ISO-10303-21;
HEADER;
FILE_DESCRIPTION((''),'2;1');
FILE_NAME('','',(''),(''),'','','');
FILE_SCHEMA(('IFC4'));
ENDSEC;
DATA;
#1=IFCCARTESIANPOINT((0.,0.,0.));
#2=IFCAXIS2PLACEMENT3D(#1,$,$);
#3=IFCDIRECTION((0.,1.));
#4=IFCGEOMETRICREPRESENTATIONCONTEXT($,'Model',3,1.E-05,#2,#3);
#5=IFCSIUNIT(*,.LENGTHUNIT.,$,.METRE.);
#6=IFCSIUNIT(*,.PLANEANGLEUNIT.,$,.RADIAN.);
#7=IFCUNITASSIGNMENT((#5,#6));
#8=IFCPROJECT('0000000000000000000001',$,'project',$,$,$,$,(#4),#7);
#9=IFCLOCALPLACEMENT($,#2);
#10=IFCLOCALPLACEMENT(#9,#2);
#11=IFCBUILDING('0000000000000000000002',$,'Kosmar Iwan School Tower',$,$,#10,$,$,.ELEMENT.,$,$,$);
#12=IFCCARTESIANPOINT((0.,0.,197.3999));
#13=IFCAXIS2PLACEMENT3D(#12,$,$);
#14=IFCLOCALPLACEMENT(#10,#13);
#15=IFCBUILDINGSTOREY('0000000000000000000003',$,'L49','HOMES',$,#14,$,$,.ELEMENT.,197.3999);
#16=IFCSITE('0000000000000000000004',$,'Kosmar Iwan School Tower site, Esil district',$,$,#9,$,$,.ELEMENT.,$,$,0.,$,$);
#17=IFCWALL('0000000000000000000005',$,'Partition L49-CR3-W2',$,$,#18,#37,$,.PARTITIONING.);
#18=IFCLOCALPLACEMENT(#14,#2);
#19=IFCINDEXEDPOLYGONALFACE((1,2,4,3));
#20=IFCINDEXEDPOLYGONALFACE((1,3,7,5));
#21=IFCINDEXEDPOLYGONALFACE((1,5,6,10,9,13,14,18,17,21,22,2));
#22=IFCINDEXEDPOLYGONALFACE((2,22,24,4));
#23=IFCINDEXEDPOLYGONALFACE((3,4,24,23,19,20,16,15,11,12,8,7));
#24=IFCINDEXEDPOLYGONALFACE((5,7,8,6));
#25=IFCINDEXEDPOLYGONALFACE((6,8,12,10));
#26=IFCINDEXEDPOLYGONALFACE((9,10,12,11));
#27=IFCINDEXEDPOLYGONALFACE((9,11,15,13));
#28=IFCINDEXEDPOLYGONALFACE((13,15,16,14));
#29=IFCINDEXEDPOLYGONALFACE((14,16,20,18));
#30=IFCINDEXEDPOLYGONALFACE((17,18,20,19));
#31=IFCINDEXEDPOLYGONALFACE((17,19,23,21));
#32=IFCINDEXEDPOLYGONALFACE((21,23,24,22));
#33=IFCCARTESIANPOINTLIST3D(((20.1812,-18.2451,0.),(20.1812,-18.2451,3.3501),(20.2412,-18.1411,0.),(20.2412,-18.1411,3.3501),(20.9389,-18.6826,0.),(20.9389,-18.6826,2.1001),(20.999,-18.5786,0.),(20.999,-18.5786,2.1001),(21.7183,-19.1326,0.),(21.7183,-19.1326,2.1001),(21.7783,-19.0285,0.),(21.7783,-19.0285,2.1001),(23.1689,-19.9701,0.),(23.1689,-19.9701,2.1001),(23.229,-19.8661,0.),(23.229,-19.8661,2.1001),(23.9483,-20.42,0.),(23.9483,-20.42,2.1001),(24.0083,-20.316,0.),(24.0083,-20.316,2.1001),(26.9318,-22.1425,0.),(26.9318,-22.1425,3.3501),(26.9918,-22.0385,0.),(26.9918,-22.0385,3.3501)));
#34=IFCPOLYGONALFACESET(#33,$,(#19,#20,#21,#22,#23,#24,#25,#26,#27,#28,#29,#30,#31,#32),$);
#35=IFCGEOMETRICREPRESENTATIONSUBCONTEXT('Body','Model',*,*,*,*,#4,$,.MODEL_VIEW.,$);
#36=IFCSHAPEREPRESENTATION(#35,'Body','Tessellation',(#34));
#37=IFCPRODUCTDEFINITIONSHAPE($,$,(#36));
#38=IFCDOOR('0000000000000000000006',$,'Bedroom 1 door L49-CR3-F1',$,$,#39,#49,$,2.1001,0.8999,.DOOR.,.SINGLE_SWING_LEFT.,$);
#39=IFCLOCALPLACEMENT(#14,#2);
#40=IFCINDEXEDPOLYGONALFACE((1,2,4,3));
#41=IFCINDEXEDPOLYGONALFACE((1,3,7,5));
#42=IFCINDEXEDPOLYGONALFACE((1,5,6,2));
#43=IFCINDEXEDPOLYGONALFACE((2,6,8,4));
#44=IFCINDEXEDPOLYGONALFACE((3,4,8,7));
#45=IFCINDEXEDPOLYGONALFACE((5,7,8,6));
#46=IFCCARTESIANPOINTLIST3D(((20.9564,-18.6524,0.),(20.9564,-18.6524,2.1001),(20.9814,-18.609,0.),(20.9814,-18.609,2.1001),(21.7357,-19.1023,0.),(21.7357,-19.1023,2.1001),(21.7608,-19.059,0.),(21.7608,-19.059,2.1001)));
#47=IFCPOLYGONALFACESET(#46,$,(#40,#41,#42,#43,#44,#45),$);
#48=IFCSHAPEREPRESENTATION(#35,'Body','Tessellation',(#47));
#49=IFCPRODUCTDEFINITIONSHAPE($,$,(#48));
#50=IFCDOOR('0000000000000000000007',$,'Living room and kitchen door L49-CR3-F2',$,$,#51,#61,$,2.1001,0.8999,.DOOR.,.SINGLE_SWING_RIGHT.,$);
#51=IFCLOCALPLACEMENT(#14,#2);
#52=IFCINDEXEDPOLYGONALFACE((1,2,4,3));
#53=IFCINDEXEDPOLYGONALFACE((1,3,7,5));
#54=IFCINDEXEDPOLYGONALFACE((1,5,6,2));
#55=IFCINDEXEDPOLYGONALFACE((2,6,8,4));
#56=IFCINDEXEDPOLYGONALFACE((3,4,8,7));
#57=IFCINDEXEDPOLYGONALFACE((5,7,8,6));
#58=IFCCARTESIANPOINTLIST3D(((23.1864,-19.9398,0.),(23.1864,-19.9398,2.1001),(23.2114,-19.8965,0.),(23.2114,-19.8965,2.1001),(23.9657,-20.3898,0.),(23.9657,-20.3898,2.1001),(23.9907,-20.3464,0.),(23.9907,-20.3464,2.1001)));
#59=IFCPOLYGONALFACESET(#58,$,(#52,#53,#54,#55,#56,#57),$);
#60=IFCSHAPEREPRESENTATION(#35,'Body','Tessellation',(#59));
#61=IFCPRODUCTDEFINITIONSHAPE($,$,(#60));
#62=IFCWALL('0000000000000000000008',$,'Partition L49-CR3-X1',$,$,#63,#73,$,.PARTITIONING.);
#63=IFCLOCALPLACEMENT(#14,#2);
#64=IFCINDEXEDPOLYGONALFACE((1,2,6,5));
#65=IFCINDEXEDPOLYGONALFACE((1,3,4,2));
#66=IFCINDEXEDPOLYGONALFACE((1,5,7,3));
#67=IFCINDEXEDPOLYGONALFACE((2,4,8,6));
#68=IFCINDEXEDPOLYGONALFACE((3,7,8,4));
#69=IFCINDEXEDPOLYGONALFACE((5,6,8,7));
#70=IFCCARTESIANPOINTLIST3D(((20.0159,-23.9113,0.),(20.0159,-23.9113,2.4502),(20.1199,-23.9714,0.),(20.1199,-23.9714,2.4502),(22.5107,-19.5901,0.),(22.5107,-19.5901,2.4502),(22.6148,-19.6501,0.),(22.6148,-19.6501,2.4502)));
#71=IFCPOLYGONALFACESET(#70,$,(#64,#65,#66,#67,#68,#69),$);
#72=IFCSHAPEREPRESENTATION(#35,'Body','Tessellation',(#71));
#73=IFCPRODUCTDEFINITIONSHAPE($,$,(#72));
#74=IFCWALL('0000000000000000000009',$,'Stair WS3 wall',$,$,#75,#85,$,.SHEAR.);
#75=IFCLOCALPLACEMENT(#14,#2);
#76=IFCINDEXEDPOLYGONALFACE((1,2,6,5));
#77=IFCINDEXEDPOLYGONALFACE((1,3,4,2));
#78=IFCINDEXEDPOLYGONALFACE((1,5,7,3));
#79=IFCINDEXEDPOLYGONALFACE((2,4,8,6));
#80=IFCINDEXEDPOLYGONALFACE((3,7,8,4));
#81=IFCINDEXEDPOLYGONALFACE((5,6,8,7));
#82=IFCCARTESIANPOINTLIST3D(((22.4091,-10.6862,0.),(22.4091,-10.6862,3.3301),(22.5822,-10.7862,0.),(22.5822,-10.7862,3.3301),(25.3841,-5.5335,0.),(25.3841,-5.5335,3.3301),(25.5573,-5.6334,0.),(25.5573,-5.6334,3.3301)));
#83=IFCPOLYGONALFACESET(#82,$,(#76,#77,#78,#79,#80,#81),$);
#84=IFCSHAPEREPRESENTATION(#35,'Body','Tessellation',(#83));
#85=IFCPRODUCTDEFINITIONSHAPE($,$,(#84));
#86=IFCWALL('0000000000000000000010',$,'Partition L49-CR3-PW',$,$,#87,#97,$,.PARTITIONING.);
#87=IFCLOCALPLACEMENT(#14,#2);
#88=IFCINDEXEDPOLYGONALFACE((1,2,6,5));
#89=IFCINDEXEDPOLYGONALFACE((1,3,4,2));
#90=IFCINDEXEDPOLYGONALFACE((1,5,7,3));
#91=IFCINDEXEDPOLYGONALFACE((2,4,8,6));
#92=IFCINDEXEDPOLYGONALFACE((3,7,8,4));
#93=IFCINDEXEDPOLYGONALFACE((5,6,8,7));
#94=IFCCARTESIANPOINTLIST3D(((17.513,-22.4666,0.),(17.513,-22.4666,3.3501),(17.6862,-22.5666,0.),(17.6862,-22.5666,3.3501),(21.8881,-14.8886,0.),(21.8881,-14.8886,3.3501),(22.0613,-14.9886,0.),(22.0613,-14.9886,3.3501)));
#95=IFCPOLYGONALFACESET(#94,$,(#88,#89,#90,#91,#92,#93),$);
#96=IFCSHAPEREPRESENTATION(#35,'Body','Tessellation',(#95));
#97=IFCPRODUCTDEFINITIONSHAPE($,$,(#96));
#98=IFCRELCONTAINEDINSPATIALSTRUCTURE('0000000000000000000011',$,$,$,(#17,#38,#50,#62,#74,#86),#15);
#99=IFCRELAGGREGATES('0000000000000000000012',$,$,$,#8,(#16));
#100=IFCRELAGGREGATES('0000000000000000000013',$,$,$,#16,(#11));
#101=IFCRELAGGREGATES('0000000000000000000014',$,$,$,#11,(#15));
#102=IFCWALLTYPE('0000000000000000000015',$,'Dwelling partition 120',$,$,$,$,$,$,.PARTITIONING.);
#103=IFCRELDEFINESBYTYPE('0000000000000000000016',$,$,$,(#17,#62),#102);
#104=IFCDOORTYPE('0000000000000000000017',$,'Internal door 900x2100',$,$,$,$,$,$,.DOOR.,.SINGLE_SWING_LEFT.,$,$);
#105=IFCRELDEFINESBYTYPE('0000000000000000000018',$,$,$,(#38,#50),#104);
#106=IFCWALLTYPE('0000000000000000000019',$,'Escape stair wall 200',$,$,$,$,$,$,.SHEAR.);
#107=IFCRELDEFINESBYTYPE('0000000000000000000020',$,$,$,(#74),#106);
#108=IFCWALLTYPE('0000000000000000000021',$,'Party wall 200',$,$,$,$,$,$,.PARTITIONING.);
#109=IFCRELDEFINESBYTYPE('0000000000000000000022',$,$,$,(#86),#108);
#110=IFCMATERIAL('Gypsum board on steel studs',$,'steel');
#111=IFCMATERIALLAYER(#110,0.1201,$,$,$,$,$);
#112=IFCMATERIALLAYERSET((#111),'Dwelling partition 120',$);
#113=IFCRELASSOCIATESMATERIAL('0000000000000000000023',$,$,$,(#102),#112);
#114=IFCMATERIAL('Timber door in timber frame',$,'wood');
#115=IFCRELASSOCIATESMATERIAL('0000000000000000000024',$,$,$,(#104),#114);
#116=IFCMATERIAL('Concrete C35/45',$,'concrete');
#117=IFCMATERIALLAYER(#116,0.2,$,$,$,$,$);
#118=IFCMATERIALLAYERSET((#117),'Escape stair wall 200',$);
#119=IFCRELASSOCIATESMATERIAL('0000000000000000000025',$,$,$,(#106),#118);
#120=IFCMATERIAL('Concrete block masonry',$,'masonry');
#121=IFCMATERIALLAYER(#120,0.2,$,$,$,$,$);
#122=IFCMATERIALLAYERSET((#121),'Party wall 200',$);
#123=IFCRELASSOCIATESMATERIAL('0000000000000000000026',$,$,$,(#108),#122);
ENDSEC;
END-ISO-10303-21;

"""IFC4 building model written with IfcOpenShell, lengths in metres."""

from ifc_helpers import new_model, si_unit, direction, frame, frame_2d, origin, place, context, subcontext, project, spatial, rectangle, extrude, material, layer, layer_set, type_object, element, fill, save


model = new_model("IFC4")

# Units and contexts
model_context = context("Model", 3, precision=1e-05, world=origin(), true_north=direction((0.0, 1.0)))
body_context = subcontext(model_context, "Body", "Model", "MODEL_VIEW")
ifc_project = project(units=[si_unit("LENGTHUNIT", "METRE"), si_unit("PLANEANGLEUNIT", "RADIAN")], contexts=[model_context])

# Site, building, storey
site_placement = place(None, origin())
site = spatial("IfcSite", under=ifc_project, at=site_placement, Name="Kosmar Iwan School Tower site, Esil district", CompositionType="ELEMENT", RefElevation=0.0)
building_placement = place(site_placement, origin())
building = spatial("IfcBuilding", under=site, at=building_placement, Name="Kosmar Iwan School Tower", CompositionType="ELEMENT")
storey_placement = place(building_placement, frame((0.0, 0.0, 197.3999)))
storey = spatial("IfcBuildingStorey", under=building, at=storey_placement, Name="L49", Description="HOMES", CompositionType="ELEMENT", Elevation=197.3999)

# Shared definitions
ifc_material_1 = material(Name="Gypsum board on steel studs", Category="steel")
ifc_layer_1 = layer(ifc_material_1, 0.1201)
ifc_layer_set_1 = layer_set([ifc_layer_1], Name="Dwelling partition 120")
wall_type_1 = type_object("IfcWallType", Name="Dwelling partition 120", PredefinedType="PARTITIONING", material=ifc_layer_set_1)

# Wall, openings, doors
ifc_material_2 = material(Name="Timber door in timber frame", Category="wood")
door_type_1 = type_object("IfcDoorType", Name="Internal door 900x2100", OperationType="SINGLE_SWING_LEFT", PredefinedType="DOOR", material=ifc_material_2)
wall_1_placement = place(storey_placement, frame((20.2112, -18.1931, 0.0), z_axis=(0.0, 0.0, 1.0), x_axis=(0.86603, -0.499993, 0.0)))
wall_1 = element("IfcWall", 1, at=wall_1_placement, inside=storey, type_object=wall_type_1, Name="Partition L49-CR3-W2", PredefinedType="PARTITIONING", context=body_context, shape_type="SweptSolid", body=[
    extrude(rectangle(XDim=7.7949, YDim=0.1201, at=frame_2d((3.8975, 0.0))), origin(), (0.0, 0.0, 1.0), 3.3501),
])
opening_1_placement = place(wall_1_placement, frame((0.875, 0.0, 0.0)))
opening_1 = element("IfcOpeningElement", 2, at=opening_1_placement, cuts=wall_1, PredefinedType="OPENING", context=body_context, shape_type="SweptSolid", body=[
    extrude(rectangle(XDim=0.8999, YDim=2.1001, at=frame_2d((0.45, 1.05))), frame((0.0, 0.072, 0.0), z_axis=(0.0, -1.0, 0.0), x_axis=(1.0, 0.0, 0.0)), (0.0, 0.0, 1.0), 0.144),
])
opening_2_placement = place(wall_1_placement, frame((3.45, 0.0, 0.0)))
opening_2 = element("IfcOpeningElement", 3, at=opening_2_placement, cuts=wall_1, PredefinedType="OPENING", context=body_context, shape_type="SweptSolid", body=[
    extrude(rectangle(XDim=0.8999, YDim=2.1001, at=frame_2d((0.45, 1.05))), frame((0.0, 0.072, 0.0), z_axis=(0.0, -1.0, 0.0), x_axis=(1.0, 0.0, 0.0)), (0.0, 0.0, 1.0), 0.144),
])
door_1_placement = place(opening_1_placement, origin())
door_1 = element("IfcDoor", 4, at=door_1_placement, inside=storey, type_object=door_type_1, Name="Bedroom 1 door L49-CR3-F1", OperationType="SINGLE_SWING_LEFT", OverallHeight=2.1001, OverallWidth=0.8999, PredefinedType="DOOR", context=body_context, shape_type="SweptSolid", body=[
    extrude(rectangle(XDim=0.8999, YDim=2.1001, at=frame_2d((0.45, 1.05))), frame((0.0, 0.0249, 0.0), z_axis=(0.0, -1.0, 0.0), x_axis=(1.0, 0.0, 0.0)), (0.0, 0.0, 1.0), 0.05),
])
fill(opening_1, door_1)
door_2_placement = place(opening_2_placement, origin())
door_2 = element("IfcDoor", 5, at=door_2_placement, inside=storey, type_object=door_type_1, Name="Living room and kitchen door L49-CR3-F2", OperationType="SINGLE_SWING_RIGHT", OverallHeight=2.1001, OverallWidth=0.8999, PredefinedType="DOOR", context=body_context, shape_type="SweptSolid", body=[
    extrude(rectangle(XDim=0.8999, YDim=2.1001, at=frame_2d((0.45, 1.05))), frame((0.0, 0.0249, 0.0), z_axis=(0.0, -1.0, 0.0), x_axis=(1.0, 0.0, 0.0)), (0.0, 0.0, 1.0), 0.05),
])
fill(opening_2, door_2)

# Walls
wall_2_placement = place(storey_placement, frame((22.5627, -19.6201, 0.0), z_axis=(0.0, 0.0, 1.0), x_axis=(-0.499996, -0.866028, 0.0)))
element("IfcWall", 6, at=wall_2_placement, inside=storey, type_object=wall_type_1, Name="Partition L49-CR3-X1", PredefinedType="PARTITIONING", context=body_context, shape_type="SweptSolid", body=[
    extrude(rectangle(XDim=4.9897, YDim=0.1201, at=frame_2d((2.4949, 0.0))), origin(), (0.0, 0.0, 1.0), 2.4502),
])
ifc_material_3 = material(Name="Concrete C35/45", Category="concrete")
ifc_layer_2 = layer(ifc_material_3, 0.2)
ifc_layer_set_2 = layer_set([ifc_layer_2], Name="Escape stair wall 200")
wall_type_2 = type_object("IfcWallType", Name="Escape stair wall 200", PredefinedType="SHEAR", material=ifc_layer_set_2)
wall_3_placement = place(storey_placement, frame((22.4956, -10.7363, 0.0), z_axis=(0.0, 0.0, 1.0), x_axis=(0.500014, 0.866017, 0.0)))
element("IfcWall", 7, at=wall_3_placement, inside=storey, type_object=wall_type_2, Name="Stair WS3 wall", PredefinedType="SHEAR", context=body_context, shape_type="SweptSolid", body=[
    extrude(rectangle(XDim=5.95, YDim=0.2, at=frame_2d((2.9751, 0.0))), origin(), (0.0, 0.0, 1.0), 3.3301),
])
ifc_material_4 = material(Name="Concrete block masonry", Category="masonry")
ifc_layer_3 = layer(ifc_material_4, 0.2)
ifc_layer_set_3 = layer_set([ifc_layer_3], Name="Party wall 200")
wall_type_3 = type_object("IfcWallType", Name="Party wall 200", PredefinedType="PARTITIONING", material=ifc_layer_set_3)
wall_4_placement = place(storey_placement, frame((21.9746, -14.9387, 0.0), z_axis=(0.0, 0.0, 1.0), x_axis=(-0.499992, -0.86603, 0.0)))
element("IfcWall", 8, at=wall_4_placement, inside=storey, type_object=wall_type_3, Name="Partition L49-CR3-PW", PredefinedType="PARTITIONING", context=body_context, shape_type="SweptSolid", body=[
    extrude(rectangle(XDim=8.7502, YDim=0.2, at=frame_2d((4.375, 0.0))), origin(), (0.0, 0.0, 1.0), 3.3501),
])

save(model, "model.ifc")
